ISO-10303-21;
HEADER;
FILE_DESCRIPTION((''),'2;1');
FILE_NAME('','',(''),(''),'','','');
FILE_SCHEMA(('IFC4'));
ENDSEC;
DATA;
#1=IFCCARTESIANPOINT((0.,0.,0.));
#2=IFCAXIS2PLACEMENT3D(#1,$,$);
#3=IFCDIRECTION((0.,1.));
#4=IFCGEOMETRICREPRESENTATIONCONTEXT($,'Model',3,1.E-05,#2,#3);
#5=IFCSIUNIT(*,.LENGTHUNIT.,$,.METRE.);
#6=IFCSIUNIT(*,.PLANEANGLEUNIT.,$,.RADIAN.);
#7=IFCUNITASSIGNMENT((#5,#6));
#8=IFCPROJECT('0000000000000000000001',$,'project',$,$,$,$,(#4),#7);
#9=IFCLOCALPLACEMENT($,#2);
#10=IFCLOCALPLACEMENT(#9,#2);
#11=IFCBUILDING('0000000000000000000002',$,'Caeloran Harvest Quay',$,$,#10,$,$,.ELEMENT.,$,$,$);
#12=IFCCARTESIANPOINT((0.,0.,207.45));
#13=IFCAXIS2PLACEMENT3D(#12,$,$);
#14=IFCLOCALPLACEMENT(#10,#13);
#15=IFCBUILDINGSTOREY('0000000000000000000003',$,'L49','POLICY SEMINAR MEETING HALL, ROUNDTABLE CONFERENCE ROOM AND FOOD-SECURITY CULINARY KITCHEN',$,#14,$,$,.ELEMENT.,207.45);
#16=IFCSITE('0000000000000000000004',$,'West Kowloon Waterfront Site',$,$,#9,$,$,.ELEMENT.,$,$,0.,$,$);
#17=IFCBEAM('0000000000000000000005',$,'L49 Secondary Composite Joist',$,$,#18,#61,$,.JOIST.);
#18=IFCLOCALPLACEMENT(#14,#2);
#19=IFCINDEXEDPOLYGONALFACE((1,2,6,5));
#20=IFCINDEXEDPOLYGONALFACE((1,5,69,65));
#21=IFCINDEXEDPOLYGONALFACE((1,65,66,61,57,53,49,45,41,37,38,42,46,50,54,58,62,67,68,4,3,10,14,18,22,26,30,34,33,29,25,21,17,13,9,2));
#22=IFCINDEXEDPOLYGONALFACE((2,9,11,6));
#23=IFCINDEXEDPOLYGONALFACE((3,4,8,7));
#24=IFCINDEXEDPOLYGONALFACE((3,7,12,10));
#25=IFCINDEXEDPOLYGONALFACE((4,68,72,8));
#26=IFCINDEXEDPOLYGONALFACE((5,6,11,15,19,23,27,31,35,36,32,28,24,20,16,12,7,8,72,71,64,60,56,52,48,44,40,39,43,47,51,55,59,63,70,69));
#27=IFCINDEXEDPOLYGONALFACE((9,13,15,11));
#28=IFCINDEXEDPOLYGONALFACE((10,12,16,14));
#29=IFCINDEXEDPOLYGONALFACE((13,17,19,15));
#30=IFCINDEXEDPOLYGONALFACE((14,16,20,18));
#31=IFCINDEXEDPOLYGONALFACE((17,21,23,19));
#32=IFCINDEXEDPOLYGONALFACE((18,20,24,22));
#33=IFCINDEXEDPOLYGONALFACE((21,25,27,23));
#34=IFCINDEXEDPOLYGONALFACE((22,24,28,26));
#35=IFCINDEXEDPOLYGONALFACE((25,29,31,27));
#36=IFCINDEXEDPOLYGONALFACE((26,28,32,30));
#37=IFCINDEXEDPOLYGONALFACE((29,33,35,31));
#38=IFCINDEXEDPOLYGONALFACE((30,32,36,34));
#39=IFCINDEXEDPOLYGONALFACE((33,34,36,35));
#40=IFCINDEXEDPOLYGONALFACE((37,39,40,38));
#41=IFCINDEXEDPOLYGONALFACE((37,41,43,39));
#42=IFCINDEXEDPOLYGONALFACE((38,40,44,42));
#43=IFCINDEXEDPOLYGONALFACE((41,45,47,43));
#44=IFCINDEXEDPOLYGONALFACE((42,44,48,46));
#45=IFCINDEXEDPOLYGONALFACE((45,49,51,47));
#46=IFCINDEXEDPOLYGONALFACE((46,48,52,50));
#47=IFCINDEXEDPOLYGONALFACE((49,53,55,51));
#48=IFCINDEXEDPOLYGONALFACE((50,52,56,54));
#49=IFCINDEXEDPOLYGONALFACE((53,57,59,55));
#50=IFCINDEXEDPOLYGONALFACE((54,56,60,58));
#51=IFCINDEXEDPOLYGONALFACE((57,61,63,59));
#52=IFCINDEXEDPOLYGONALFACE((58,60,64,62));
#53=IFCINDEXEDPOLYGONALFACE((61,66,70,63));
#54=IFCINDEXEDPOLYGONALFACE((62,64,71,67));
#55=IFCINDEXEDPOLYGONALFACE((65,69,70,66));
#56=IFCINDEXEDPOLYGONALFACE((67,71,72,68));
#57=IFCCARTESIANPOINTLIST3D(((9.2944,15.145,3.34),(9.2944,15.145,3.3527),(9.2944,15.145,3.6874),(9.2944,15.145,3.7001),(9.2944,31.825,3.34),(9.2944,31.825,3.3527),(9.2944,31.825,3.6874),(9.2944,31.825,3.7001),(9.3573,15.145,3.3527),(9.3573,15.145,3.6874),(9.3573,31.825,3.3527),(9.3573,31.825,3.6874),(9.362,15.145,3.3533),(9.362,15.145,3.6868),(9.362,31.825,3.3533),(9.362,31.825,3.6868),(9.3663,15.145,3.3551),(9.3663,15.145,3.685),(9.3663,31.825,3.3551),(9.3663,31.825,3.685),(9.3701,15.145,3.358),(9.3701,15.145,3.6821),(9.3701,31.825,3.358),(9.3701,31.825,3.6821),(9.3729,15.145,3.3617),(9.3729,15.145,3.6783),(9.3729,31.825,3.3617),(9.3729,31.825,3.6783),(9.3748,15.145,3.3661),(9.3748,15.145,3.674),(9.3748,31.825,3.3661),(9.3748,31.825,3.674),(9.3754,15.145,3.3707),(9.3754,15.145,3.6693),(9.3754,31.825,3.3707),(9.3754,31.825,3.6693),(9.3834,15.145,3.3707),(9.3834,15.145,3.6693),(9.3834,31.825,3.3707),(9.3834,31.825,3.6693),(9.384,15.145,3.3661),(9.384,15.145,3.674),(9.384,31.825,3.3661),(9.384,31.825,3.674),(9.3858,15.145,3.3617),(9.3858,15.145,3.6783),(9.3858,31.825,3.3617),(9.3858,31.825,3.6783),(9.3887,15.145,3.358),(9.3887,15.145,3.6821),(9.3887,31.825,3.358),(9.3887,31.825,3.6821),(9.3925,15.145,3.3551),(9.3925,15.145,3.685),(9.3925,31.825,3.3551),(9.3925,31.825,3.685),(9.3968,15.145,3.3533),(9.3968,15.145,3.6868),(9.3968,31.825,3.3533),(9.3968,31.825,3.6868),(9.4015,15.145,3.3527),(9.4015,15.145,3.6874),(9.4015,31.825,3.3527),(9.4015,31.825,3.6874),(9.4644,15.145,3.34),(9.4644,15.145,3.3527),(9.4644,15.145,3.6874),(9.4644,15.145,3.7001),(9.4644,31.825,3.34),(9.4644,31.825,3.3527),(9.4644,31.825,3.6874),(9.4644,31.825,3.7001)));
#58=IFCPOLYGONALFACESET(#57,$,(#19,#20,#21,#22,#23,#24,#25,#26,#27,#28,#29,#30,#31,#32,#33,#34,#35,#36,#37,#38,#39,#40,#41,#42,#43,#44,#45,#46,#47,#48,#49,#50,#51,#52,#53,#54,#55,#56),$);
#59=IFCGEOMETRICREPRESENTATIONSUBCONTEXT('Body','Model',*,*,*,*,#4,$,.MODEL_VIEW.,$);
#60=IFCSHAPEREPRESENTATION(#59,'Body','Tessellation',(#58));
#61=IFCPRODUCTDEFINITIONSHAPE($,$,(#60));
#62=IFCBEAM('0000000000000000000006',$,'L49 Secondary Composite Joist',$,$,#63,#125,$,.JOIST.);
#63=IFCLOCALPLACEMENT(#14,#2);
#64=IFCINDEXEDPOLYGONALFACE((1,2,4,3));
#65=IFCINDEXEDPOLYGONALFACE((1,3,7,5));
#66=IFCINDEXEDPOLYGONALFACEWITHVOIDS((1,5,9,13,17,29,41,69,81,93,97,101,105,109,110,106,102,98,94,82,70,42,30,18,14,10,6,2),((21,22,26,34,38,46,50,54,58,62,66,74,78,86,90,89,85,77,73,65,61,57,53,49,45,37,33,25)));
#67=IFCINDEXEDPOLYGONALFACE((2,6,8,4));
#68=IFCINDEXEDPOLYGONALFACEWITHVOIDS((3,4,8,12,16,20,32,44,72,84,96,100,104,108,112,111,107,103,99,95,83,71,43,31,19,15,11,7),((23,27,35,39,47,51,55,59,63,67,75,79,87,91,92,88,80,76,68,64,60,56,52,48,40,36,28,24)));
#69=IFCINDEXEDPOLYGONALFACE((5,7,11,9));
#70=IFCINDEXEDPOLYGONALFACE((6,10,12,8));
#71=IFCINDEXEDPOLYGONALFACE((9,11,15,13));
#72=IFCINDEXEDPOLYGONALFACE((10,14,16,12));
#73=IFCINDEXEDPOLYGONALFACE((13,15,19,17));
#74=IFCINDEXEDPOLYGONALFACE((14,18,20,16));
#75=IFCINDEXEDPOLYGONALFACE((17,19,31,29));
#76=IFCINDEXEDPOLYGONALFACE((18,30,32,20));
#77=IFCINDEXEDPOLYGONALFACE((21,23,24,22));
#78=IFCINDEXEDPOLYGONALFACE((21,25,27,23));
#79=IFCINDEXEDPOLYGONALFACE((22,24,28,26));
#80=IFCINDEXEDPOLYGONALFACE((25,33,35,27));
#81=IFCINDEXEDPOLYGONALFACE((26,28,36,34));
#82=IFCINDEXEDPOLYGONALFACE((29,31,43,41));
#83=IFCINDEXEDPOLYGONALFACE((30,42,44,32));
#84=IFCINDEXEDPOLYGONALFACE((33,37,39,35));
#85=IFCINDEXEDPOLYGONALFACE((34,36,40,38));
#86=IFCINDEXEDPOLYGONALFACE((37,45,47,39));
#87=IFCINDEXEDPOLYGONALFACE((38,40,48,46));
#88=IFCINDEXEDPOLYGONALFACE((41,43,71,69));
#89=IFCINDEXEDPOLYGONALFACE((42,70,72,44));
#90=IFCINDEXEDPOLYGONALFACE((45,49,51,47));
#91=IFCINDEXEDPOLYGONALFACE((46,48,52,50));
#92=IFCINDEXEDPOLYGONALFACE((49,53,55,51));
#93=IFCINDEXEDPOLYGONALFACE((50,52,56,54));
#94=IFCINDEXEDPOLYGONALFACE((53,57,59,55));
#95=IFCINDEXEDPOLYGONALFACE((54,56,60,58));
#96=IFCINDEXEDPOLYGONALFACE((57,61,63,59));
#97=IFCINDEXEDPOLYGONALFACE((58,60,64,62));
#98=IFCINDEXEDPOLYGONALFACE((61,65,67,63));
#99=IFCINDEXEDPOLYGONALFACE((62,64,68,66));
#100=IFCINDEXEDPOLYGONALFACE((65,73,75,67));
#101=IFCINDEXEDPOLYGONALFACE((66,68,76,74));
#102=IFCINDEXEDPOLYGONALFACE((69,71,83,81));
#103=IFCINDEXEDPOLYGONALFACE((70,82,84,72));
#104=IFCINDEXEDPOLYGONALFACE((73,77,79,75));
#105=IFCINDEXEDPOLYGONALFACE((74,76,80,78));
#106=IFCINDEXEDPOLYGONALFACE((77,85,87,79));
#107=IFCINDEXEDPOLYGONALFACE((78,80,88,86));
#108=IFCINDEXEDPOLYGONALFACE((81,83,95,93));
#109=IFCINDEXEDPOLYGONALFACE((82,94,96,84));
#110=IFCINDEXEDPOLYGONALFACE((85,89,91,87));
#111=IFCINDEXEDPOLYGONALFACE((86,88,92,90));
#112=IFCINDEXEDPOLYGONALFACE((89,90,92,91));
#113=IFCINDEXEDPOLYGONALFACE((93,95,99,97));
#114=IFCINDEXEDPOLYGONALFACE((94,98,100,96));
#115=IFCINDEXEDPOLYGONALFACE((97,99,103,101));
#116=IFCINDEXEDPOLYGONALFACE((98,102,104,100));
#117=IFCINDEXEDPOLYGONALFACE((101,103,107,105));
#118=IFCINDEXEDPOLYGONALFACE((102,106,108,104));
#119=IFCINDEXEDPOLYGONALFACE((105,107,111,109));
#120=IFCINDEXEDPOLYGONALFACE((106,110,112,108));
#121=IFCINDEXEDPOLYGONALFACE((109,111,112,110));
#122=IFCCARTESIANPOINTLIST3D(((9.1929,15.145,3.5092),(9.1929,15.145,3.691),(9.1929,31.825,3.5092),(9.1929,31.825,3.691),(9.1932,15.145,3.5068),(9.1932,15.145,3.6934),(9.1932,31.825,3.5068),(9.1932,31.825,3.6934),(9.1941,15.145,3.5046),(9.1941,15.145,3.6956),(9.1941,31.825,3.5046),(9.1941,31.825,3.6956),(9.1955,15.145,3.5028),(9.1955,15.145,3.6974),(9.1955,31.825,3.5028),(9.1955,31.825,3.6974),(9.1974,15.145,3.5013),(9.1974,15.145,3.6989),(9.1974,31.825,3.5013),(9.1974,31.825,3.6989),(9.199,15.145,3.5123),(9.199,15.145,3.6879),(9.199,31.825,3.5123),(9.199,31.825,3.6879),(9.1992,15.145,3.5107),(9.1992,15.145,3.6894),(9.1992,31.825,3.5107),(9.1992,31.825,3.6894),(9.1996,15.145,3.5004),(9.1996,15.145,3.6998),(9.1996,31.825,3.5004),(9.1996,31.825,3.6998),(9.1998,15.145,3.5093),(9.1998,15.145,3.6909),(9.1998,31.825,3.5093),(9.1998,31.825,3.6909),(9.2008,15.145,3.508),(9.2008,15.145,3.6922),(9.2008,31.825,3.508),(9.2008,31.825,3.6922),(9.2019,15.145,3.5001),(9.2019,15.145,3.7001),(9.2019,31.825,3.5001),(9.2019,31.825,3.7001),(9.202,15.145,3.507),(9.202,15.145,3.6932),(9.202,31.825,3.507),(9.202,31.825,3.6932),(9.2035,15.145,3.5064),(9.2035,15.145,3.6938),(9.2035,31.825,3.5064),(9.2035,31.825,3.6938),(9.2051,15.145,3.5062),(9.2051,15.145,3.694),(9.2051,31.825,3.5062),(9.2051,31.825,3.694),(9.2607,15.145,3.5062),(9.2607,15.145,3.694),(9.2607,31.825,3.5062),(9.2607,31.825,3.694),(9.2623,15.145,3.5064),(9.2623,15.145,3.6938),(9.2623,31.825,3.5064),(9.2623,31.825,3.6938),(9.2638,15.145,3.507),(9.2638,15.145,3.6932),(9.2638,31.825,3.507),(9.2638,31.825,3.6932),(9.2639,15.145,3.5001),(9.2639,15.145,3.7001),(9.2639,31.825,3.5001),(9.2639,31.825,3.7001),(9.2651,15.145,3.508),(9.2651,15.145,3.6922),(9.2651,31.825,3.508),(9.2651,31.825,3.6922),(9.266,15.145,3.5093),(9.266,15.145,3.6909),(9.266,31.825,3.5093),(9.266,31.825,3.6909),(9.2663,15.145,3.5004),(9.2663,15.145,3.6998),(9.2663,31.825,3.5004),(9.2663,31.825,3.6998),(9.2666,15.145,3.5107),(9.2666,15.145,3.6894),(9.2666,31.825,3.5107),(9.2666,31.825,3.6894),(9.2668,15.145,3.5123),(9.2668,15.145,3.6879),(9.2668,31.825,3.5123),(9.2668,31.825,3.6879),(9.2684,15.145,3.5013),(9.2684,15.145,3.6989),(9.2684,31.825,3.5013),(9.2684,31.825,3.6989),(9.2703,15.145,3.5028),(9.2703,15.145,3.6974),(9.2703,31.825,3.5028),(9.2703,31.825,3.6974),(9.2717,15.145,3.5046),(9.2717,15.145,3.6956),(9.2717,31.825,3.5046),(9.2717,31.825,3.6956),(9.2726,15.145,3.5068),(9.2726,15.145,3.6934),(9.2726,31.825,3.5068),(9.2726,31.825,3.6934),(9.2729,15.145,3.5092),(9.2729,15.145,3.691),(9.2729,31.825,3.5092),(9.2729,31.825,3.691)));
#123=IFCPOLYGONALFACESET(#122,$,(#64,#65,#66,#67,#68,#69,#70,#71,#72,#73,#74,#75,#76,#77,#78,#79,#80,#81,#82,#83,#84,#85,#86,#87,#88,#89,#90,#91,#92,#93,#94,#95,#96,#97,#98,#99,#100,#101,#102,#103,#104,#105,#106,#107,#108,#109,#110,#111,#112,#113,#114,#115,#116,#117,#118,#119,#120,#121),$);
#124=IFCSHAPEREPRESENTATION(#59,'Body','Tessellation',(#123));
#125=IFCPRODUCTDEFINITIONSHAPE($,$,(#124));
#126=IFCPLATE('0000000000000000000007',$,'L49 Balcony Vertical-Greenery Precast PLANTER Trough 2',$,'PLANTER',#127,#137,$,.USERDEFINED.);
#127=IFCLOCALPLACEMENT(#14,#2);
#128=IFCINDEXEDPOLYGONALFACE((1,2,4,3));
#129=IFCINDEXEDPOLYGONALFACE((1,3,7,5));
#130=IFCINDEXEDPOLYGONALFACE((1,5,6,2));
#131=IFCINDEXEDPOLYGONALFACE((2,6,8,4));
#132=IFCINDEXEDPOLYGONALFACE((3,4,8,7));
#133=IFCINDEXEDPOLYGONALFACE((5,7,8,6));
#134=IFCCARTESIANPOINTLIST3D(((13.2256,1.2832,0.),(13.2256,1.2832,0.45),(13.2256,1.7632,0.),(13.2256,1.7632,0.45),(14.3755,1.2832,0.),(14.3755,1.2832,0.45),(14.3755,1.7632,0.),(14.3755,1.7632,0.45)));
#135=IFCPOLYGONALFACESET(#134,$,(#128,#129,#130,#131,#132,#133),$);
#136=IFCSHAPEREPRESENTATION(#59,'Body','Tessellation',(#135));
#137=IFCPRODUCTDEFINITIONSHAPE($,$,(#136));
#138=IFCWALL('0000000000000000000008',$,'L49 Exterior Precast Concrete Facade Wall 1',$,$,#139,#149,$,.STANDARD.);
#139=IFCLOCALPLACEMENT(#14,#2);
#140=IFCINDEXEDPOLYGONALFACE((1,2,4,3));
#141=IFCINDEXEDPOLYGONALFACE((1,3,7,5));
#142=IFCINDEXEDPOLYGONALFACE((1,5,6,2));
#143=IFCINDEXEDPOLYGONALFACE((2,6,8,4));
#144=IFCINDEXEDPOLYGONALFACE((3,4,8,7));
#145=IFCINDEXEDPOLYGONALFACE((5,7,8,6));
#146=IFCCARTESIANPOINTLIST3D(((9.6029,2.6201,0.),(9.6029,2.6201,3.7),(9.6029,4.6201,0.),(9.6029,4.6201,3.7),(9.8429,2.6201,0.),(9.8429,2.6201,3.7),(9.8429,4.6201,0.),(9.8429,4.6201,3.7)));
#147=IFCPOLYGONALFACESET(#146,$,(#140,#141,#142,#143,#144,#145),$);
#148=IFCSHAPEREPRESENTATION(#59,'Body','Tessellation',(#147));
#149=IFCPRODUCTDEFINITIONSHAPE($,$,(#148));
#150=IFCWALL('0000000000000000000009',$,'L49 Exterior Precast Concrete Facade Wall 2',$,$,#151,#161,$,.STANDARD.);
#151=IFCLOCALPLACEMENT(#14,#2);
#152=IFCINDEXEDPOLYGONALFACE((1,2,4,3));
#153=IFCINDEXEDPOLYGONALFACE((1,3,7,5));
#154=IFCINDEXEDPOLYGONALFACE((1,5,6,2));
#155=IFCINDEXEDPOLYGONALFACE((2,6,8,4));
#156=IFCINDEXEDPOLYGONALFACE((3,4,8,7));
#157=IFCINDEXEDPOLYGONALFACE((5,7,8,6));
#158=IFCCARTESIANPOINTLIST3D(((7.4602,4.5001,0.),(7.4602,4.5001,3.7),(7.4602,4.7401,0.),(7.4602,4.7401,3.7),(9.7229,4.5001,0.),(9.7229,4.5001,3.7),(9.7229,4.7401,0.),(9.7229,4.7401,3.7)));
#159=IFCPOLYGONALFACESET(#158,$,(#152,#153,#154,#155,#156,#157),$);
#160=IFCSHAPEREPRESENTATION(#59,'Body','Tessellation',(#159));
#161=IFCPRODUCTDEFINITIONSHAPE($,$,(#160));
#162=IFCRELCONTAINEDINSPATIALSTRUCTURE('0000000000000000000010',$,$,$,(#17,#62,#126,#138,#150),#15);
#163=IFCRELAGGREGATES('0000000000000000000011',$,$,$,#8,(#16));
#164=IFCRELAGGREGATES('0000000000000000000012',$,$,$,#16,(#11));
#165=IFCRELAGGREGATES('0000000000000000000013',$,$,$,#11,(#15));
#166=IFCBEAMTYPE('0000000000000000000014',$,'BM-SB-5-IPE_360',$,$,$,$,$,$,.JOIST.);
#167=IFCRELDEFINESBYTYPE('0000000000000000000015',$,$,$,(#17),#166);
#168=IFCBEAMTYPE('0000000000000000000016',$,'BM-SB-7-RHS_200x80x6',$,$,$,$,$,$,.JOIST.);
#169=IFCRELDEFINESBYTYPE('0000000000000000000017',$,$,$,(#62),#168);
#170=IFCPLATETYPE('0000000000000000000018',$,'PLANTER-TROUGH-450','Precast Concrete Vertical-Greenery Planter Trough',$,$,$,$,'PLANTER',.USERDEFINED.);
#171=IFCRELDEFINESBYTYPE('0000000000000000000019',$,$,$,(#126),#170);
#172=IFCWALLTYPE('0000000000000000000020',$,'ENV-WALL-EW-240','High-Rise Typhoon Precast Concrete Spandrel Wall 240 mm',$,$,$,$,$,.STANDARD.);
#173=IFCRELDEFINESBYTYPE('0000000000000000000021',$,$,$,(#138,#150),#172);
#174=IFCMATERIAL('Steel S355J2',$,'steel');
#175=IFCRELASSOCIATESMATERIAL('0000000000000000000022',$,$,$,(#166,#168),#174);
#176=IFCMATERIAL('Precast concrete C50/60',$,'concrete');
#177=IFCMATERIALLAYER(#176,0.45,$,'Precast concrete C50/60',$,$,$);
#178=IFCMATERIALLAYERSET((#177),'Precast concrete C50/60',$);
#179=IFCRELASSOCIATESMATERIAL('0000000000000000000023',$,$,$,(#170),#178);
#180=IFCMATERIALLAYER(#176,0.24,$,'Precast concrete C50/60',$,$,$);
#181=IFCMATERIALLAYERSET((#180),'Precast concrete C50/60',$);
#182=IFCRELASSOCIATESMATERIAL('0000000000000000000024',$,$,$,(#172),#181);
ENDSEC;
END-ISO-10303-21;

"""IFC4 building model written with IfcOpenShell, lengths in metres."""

from ifc_helpers import new_model, si_unit, direction, frame, frame_2d, origin, origin_2d, place, context, subcontext, project, spatial, rectangle, hollow_rectangle, i_section, extrude, material, layer, layer_set, material_profile, profile_set, type_object, element, save


model = new_model("IFC4")

# Units and contexts
model_context = context("Model", 3, precision=1e-05, world=origin(), true_north=direction((0.0, 1.0)))
body_context = subcontext(model_context, "Body", "Model", "MODEL_VIEW")
ifc_project = project(units=[si_unit("LENGTHUNIT", "METRE"), si_unit("PLANEANGLEUNIT", "RADIAN")], contexts=[model_context])

# Site, building, storey
site_placement = place(None, origin())
site = spatial("IfcSite", under=ifc_project, at=site_placement, Name="West Kowloon Waterfront Site", CompositionType="ELEMENT", RefElevation=0.0)
building_placement = place(site_placement, origin())
building = spatial("IfcBuilding", under=site, at=building_placement, Name="Caeloran Harvest Quay", CompositionType="ELEMENT")
storey_placement = place(building_placement, frame((0.0, 0.0, 207.45)))
storey = spatial("IfcBuildingStorey", under=building, at=storey_placement, Name="L49", Description="POLICY SEMINAR MEETING HALL, ROUNDTABLE CONFERENCE ROOM AND FOOD-SECURITY CULINARY KITCHEN", CompositionType="ELEMENT", Elevation=207.45)

# Beams
ifc_material_1 = material(Name="Steel S355J2", Category="steel")
ifc_material_profile_1 = material_profile(ifc_material_1, i_section(OverallWidth=0.1699, OverallDepth=0.3601, WebThickness=0.0081, FlangeThickness=0.0127, FilletRadius=0.0181, at=origin_2d()), Name="IPE 360")
ifc_profile_set_1 = profile_set([ifc_material_profile_1], Name="Steel S355J2")
beam_type_1 = type_object("IfcBeamType", Name="BM-SB-5-IPE_360", PredefinedType="JOIST", material=ifc_profile_set_1)
for number, where, z_axis, x_axis, name in (
    (1, (9.3794, 15.145, 3.52), (0.0, 1.0, 0.0), (-1.0, 0.0, 0.0), "L49 Secondary Composite Joist"),
):
    element("IfcBeam", number, at=place(storey_placement, frame(where, z_axis=z_axis, x_axis=x_axis)), inside=storey, type_object=beam_type_1, Name=name, PredefinedType="JOIST", context=body_context, shape_type="SweptSolid", body=[
        extrude(i_section(OverallWidth=0.1699, OverallDepth=0.3601, WebThickness=0.0081, FlangeThickness=0.0127, FilletRadius=0.0181, at=origin_2d()), origin(), (0.0, 0.0, 1.0), 16.6799),
    ])
ifc_material_profile_2 = material_profile(ifc_material_1, hollow_rectangle(XDim=0.0801, YDim=0.2, WallThickness=0.0061, InnerFilletRadius=0.0061, OuterFilletRadius=0.009, at=origin_2d()), Name="RHS 200x80x6")
ifc_profile_set_2 = profile_set([ifc_material_profile_2], Name="Steel S355J2")
beam_type_2 = type_object("IfcBeamType", Name="BM-SB-7-RHS_200x80x6", PredefinedType="JOIST", material=ifc_profile_set_2)
beam_1_placement = place(storey_placement, frame((9.2329, 15.145, 3.6001), z_axis=(0.0, 1.0, 0.0), x_axis=(-1.0, 0.0, 0.0)))
element("IfcBeam", 2, at=beam_1_placement, inside=storey, type_object=beam_type_2, Name="L49 Secondary Composite Joist", PredefinedType="JOIST", context=body_context, shape_type="SweptSolid", body=[
    extrude(hollow_rectangle(XDim=0.0801, YDim=0.2, WallThickness=0.0061, InnerFilletRadius=0.0061, OuterFilletRadius=0.009, at=origin_2d()), origin(), (0.0, 0.0, 1.0), 16.6799),
])

# Plate
ifc_material_2 = material(Name="Precast concrete C50/60", Category="concrete")
ifc_layer_1 = layer(ifc_material_2, 0.45, Name="Precast concrete C50/60")
ifc_layer_set_1 = layer_set([ifc_layer_1], Name="Precast concrete C50/60")
plate_type = type_object("IfcPlateType", Name="PLANTER-TROUGH-450", Description="Precast Concrete Vertical-Greenery Planter Trough", ElementType="PLANTER", PredefinedType="USERDEFINED", material=ifc_layer_set_1)
plate_placement = place(storey_placement, frame((13.8005, 1.5232, 0.0), z_axis=(0.0, 0.0, 1.0), x_axis=(1.0, 0.0, 0.0)))
element("IfcPlate", 3, at=plate_placement, inside=storey, type_object=plate_type, Name="L49 Balcony Vertical-Greenery Precast PLANTER Trough 2", ObjectType="PLANTER", PredefinedType="USERDEFINED", context=body_context, shape_type="SweptSolid", body=[
    extrude(rectangle(XDim=1.1499, YDim=0.48, at=origin_2d()), origin(), (0.0, 0.0, 1.0), 0.45),
])

# Walls
ifc_layer_2 = layer(ifc_material_2, 0.24, Name="Precast concrete C50/60")
ifc_layer_set_2 = layer_set([ifc_layer_2], Name="Precast concrete C50/60")
wall_type_1 = type_object("IfcWallType", Name="ENV-WALL-EW-240", Description="High-Rise Typhoon Precast Concrete Spandrel Wall 240 mm", PredefinedType="STANDARD", material=ifc_layer_set_2)
wall_1_placement = place(storey_placement, frame((9.7229, 2.6201, 0.0), z_axis=(0.0, 0.0, 1.0), x_axis=(0.0, 1.0, 0.0)))
element("IfcWall", 4, at=wall_1_placement, inside=storey, type_object=wall_type_1, Name="L49 Exterior Precast Concrete Facade Wall 1", PredefinedType="STANDARD", context=body_context, shape_type="SweptSolid", body=[
    extrude(rectangle(XDim=2.0, YDim=0.24, at=frame_2d((1.0, 0.0))), origin(), (0.0, 0.0, 1.0), 3.7),
])
wall_2_placement = place(storey_placement, frame((9.7229, 4.6201, 0.0), z_axis=(0.0, 0.0, 1.0), x_axis=(-1.0, 0.0, 0.0)))
element("IfcWall", 5, at=wall_2_placement, inside=storey, type_object=wall_type_1, Name="L49 Exterior Precast Concrete Facade Wall 2", PredefinedType="STANDARD", context=body_context, shape_type="SweptSolid", body=[
    extrude(rectangle(XDim=2.2627, YDim=0.24, at=frame_2d((1.1313, 0.0))), origin(), (0.0, 0.0, 1.0), 3.7),
])

save(model, "model.ifc")
